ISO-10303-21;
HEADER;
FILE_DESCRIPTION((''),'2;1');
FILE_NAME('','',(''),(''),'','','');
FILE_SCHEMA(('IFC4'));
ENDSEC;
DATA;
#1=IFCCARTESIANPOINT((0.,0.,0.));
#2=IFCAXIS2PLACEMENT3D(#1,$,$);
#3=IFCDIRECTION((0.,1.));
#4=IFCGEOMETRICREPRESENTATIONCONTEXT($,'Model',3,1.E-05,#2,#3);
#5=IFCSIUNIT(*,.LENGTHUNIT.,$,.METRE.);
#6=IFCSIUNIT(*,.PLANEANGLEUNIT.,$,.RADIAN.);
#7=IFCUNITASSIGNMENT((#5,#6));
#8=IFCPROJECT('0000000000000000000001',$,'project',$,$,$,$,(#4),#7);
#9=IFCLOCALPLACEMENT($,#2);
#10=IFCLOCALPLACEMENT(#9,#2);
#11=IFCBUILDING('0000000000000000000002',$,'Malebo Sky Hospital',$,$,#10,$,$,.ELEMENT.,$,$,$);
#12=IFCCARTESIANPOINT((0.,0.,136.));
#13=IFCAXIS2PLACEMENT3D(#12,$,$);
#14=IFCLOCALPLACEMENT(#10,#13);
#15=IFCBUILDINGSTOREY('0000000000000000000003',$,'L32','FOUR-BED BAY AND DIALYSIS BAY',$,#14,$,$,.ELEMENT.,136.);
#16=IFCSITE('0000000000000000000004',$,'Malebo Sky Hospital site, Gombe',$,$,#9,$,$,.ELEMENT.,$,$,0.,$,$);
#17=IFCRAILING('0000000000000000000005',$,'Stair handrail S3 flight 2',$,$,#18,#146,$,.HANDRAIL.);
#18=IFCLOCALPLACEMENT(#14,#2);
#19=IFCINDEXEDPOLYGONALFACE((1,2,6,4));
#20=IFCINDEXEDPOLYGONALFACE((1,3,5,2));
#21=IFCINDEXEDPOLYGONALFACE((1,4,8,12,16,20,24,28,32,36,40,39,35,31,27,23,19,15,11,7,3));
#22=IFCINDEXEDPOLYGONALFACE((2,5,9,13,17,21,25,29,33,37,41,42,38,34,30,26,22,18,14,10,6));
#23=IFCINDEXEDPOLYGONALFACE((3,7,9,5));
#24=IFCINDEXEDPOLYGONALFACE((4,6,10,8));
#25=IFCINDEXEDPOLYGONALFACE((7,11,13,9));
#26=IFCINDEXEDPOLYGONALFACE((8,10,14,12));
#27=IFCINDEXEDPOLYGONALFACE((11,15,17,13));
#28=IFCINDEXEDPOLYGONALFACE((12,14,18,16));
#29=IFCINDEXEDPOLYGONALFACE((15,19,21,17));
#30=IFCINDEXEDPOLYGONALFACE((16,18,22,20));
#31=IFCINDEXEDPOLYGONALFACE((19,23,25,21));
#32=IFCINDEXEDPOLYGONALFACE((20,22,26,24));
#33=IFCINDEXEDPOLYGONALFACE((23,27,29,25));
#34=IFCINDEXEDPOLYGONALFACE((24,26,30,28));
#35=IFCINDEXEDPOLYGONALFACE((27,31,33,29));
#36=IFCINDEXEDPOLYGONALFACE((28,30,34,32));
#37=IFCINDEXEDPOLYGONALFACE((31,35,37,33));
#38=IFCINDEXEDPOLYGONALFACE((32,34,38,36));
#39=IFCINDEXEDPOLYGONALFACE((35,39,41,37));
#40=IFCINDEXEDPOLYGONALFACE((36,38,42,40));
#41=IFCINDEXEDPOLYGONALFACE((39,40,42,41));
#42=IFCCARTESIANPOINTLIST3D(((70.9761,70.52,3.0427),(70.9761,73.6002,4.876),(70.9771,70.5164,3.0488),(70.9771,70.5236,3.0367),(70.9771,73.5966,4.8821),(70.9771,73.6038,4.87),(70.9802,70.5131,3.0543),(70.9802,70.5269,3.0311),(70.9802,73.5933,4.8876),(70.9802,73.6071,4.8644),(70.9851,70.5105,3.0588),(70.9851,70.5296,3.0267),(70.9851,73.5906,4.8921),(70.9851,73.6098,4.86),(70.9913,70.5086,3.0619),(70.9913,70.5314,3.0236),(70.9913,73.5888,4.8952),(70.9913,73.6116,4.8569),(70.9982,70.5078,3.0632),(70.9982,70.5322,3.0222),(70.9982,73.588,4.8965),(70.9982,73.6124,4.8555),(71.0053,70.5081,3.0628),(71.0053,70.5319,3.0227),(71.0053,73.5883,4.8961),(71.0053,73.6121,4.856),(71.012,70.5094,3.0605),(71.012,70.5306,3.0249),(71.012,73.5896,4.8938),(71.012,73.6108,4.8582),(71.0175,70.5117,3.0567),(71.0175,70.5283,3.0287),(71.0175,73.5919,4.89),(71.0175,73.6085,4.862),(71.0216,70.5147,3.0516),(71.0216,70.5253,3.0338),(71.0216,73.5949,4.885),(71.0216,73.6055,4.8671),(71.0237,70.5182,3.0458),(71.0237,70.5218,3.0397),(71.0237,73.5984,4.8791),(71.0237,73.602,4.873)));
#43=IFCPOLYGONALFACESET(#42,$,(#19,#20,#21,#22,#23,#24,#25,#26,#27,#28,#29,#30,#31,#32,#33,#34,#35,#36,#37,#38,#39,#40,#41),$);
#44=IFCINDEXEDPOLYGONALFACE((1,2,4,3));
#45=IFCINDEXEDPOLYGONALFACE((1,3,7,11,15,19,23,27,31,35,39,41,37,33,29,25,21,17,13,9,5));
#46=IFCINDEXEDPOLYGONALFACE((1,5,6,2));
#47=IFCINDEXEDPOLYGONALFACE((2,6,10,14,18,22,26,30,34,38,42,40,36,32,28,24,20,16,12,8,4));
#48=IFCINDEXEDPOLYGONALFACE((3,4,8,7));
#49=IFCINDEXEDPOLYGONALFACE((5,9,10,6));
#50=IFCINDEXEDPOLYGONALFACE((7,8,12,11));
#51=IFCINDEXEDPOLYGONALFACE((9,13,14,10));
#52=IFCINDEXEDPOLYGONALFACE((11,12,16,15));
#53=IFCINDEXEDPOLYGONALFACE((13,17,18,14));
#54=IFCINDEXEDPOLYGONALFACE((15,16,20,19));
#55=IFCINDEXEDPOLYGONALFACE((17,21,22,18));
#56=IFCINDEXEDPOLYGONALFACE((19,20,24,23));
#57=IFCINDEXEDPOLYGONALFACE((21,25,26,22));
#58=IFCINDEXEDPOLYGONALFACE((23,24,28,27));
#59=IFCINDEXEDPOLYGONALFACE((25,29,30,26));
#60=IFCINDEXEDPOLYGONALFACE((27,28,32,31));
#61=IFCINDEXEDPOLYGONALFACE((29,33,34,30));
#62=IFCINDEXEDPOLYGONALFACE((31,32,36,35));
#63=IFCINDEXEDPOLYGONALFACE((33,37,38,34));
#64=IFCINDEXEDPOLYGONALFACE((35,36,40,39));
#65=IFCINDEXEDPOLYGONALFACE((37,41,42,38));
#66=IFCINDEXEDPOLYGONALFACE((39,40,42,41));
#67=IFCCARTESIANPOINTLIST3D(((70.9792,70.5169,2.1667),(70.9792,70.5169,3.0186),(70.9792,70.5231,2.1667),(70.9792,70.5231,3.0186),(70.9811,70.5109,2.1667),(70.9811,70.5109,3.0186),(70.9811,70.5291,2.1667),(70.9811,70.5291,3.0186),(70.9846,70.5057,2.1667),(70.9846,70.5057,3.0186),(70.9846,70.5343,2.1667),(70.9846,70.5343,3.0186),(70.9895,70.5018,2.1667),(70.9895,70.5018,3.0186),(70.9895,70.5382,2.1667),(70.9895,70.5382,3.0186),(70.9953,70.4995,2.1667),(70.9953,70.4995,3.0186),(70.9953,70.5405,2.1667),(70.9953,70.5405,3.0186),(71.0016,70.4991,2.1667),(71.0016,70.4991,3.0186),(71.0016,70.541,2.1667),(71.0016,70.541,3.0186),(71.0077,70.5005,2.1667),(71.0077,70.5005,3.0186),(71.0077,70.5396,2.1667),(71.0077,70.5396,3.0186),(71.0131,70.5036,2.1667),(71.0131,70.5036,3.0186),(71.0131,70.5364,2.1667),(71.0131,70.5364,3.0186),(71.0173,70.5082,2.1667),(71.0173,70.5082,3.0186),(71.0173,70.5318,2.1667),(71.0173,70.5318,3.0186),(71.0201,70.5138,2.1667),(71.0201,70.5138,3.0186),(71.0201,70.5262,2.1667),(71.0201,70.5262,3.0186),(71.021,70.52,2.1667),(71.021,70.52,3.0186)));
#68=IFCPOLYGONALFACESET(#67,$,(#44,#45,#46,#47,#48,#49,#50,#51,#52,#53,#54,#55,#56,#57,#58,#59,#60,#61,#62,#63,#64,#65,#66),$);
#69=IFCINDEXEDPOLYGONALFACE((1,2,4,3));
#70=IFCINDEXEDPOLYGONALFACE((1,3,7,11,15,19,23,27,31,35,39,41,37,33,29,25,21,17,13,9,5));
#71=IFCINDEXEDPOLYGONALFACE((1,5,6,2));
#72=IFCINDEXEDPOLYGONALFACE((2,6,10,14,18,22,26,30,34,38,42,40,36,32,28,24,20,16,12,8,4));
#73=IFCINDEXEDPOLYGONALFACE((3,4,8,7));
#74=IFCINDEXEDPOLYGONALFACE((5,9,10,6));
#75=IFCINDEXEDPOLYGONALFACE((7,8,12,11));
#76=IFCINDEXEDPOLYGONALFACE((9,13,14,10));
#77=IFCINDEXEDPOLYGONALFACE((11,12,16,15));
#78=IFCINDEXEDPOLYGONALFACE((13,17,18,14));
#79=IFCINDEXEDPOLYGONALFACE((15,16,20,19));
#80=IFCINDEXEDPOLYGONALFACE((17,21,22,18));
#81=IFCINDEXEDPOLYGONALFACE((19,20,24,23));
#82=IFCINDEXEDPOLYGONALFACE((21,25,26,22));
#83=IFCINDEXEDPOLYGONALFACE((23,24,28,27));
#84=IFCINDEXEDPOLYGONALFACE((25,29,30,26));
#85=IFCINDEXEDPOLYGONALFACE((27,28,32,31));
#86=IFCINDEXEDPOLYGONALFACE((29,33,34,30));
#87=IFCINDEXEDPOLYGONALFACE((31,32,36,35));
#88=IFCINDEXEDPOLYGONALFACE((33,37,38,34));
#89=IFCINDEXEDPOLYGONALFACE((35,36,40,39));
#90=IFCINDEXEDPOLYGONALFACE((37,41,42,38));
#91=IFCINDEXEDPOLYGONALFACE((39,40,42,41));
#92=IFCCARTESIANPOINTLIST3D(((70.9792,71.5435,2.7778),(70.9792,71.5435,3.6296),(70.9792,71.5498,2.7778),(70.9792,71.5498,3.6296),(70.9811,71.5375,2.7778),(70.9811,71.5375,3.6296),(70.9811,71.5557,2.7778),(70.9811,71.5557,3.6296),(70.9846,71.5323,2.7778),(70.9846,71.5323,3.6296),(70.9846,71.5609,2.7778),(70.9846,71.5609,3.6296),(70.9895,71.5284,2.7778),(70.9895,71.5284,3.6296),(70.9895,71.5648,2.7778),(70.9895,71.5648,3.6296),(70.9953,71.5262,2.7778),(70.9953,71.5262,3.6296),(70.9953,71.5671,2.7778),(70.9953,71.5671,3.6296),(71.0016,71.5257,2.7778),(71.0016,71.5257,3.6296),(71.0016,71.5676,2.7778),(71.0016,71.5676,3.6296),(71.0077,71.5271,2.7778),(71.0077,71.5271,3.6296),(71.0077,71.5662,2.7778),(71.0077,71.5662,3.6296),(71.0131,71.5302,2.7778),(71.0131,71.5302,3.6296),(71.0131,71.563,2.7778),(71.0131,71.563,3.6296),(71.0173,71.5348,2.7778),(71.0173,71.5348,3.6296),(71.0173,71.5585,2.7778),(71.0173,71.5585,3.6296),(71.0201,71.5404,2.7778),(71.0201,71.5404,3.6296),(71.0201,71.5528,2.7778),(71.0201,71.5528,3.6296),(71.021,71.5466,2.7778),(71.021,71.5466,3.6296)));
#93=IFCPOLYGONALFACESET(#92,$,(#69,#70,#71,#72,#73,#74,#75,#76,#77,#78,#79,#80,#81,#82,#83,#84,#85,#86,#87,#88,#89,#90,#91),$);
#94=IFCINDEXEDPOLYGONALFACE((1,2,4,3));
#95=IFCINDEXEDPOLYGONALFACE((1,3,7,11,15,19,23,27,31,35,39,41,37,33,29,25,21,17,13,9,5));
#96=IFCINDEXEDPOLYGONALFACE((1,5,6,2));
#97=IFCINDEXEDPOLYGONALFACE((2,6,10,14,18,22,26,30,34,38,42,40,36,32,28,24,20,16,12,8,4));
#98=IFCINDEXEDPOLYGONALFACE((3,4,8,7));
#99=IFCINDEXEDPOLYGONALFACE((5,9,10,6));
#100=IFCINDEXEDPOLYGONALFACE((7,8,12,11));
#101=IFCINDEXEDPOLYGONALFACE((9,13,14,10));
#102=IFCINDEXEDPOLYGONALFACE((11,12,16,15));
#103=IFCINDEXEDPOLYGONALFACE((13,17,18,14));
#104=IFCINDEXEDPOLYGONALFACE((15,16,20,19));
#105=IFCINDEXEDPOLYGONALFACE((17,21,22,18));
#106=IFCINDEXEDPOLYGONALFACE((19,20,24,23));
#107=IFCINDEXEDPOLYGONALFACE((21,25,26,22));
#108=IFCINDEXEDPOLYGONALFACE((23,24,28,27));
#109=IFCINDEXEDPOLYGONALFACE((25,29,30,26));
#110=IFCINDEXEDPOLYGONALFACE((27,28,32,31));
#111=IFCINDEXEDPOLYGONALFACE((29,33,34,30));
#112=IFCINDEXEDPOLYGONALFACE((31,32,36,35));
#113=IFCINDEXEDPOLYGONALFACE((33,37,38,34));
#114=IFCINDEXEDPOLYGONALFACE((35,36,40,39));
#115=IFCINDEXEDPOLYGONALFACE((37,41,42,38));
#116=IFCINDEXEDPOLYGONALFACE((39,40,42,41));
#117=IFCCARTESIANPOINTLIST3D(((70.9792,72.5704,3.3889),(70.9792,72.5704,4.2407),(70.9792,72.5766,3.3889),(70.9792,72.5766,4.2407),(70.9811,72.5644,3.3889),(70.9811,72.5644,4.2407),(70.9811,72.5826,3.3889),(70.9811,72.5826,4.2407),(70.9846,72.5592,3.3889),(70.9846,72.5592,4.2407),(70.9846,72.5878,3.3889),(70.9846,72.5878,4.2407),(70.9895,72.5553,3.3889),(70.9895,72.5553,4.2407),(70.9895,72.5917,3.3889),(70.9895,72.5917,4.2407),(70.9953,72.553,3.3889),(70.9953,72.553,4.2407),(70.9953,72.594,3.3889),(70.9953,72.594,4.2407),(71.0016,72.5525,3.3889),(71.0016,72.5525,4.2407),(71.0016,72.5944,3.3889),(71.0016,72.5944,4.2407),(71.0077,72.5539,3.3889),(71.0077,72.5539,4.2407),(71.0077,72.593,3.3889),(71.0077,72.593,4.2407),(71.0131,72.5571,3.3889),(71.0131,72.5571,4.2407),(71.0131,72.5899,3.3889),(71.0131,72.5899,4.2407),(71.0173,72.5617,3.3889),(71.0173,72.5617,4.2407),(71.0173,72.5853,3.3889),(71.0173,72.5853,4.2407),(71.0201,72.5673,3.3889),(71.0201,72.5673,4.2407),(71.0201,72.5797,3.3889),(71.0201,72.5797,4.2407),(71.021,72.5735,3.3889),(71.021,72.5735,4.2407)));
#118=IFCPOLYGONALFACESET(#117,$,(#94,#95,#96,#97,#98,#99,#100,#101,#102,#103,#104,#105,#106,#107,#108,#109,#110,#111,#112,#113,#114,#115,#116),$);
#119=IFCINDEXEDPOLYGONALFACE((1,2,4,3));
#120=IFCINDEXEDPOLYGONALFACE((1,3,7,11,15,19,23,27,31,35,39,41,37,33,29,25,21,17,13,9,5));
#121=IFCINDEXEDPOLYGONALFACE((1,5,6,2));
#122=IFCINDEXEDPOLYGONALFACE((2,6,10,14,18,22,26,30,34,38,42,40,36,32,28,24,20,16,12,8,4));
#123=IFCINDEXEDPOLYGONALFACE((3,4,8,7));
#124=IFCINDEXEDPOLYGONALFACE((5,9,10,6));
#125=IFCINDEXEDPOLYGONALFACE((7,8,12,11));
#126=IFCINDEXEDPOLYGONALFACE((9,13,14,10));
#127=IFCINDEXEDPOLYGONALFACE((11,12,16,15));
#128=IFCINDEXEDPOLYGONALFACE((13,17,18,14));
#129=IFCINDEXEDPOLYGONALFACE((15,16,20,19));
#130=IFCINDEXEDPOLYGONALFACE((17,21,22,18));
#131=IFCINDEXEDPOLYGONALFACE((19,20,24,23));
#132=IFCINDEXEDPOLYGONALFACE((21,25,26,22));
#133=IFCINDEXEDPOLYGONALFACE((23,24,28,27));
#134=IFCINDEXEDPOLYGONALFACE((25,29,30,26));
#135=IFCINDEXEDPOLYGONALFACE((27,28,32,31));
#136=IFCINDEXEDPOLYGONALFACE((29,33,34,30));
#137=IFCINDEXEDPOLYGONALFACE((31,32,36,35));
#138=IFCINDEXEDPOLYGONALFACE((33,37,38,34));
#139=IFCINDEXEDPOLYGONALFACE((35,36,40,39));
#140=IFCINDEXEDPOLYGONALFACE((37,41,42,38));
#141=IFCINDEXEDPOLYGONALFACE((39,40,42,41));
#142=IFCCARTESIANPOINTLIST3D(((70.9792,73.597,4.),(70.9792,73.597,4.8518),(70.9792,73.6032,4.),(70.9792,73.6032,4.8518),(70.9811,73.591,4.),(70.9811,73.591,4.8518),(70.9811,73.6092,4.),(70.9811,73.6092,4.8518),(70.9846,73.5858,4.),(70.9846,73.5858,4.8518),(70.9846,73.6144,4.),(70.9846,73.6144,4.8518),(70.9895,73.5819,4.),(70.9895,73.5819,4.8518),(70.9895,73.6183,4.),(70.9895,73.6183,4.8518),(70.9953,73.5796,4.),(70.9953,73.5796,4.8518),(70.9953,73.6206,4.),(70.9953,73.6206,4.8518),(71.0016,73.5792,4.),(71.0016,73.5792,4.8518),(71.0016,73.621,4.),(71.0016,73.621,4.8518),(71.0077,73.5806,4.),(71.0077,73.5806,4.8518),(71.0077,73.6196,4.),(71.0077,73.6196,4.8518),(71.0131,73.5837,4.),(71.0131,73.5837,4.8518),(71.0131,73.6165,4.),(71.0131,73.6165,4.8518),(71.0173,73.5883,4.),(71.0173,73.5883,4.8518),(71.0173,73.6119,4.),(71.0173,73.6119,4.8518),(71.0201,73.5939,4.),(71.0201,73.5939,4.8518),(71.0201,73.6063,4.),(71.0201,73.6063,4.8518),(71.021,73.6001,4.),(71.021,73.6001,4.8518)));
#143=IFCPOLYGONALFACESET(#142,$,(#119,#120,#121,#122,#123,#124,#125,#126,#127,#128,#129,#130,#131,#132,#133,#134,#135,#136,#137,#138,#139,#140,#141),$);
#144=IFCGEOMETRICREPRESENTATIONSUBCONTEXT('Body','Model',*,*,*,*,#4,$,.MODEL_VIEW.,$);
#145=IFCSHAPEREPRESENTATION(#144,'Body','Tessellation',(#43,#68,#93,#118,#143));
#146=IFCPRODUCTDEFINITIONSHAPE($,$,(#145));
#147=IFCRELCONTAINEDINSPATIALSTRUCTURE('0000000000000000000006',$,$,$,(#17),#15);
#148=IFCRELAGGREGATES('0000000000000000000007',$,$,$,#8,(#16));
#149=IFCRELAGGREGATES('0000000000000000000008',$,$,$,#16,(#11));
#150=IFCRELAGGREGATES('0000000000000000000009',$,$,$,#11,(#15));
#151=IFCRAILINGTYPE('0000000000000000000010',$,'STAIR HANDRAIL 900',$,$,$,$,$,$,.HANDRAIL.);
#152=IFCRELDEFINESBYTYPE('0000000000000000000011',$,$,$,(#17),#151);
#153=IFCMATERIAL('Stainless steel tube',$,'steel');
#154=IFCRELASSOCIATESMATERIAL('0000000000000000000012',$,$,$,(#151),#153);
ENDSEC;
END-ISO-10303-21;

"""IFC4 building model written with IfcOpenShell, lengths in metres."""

from ifc_helpers import new_model, si_unit, direction, frame, origin, origin_2d, place, context, subcontext, project, spatial, circle, extrude, material, type_object, element, save


model = new_model("IFC4")

# Units and contexts
model_context = context("Model", 3, precision=1e-05, world=origin(), true_north=direction((0.0, 1.0)))
body_context = subcontext(model_context, "Body", "Model", "MODEL_VIEW")
ifc_project = project(units=[si_unit("LENGTHUNIT", "METRE"), si_unit("PLANEANGLEUNIT", "RADIAN")], contexts=[model_context])

# Site, building, storey
site_placement = place(None, origin())
site = spatial("IfcSite", under=ifc_project, at=site_placement, Name="Malebo Sky Hospital site, Gombe", CompositionType="ELEMENT", RefElevation=0.0)
building_placement = place(site_placement, origin())
building = spatial("IfcBuilding", under=site, at=building_placement, Name="Malebo Sky Hospital", CompositionType="ELEMENT")
storey_placement = place(building_placement, frame((0.0, 0.0, 136.0)))
storey = spatial("IfcBuildingStorey", under=building, at=storey_placement, Name="L32", Description="FOUR-BED BAY AND DIALYSIS BAY", CompositionType="ELEMENT", Elevation=136.0)

# Railing
ifc_material_1 = material(Name="Stainless steel tube", Category="steel")
railing_type = type_object("IfcRailingType", Name="STAIR HANDRAIL 900", PredefinedType="HANDRAIL", material=ifc_material_1)
railing_1_placement = place(storey_placement, frame((71.0, 70.52, 2.1667)))
element("IfcRailing", 1, at=railing_1_placement, inside=storey, type_object=railing_type, Name="Stair handrail S3 flight 2", PredefinedType="HANDRAIL", context=body_context, shape_type="SweptSolid", body=[
    extrude(circle(Radius=0.0239, at=origin_2d()), frame((0.0, 0.0, 0.876), z_axis=(0.0, 0.859309, 0.511458), x_axis=(-1.0, 0.0, 0.0)), (0.0, 0.0, 1.0), 3.5845),
    extrude(circle(Radius=0.021, at=origin_2d()), origin(), (0.0, 0.0, 1.0), 0.8518),
    extrude(circle(Radius=0.021, at=origin_2d()), frame((0.0, 1.0266, 0.6111)), (0.0, 0.0, 1.0), 0.8518),
    extrude(circle(Radius=0.021, at=origin_2d()), frame((0.0, 2.0535, 1.2222)), (0.0, 0.0, 1.0), 0.8518),
    extrude(circle(Radius=0.021, at=origin_2d()), frame((0.0, 3.0801, 1.8333)), (0.0, 0.0, 1.0), 0.8518),
])

save(model, "model.ifc")
